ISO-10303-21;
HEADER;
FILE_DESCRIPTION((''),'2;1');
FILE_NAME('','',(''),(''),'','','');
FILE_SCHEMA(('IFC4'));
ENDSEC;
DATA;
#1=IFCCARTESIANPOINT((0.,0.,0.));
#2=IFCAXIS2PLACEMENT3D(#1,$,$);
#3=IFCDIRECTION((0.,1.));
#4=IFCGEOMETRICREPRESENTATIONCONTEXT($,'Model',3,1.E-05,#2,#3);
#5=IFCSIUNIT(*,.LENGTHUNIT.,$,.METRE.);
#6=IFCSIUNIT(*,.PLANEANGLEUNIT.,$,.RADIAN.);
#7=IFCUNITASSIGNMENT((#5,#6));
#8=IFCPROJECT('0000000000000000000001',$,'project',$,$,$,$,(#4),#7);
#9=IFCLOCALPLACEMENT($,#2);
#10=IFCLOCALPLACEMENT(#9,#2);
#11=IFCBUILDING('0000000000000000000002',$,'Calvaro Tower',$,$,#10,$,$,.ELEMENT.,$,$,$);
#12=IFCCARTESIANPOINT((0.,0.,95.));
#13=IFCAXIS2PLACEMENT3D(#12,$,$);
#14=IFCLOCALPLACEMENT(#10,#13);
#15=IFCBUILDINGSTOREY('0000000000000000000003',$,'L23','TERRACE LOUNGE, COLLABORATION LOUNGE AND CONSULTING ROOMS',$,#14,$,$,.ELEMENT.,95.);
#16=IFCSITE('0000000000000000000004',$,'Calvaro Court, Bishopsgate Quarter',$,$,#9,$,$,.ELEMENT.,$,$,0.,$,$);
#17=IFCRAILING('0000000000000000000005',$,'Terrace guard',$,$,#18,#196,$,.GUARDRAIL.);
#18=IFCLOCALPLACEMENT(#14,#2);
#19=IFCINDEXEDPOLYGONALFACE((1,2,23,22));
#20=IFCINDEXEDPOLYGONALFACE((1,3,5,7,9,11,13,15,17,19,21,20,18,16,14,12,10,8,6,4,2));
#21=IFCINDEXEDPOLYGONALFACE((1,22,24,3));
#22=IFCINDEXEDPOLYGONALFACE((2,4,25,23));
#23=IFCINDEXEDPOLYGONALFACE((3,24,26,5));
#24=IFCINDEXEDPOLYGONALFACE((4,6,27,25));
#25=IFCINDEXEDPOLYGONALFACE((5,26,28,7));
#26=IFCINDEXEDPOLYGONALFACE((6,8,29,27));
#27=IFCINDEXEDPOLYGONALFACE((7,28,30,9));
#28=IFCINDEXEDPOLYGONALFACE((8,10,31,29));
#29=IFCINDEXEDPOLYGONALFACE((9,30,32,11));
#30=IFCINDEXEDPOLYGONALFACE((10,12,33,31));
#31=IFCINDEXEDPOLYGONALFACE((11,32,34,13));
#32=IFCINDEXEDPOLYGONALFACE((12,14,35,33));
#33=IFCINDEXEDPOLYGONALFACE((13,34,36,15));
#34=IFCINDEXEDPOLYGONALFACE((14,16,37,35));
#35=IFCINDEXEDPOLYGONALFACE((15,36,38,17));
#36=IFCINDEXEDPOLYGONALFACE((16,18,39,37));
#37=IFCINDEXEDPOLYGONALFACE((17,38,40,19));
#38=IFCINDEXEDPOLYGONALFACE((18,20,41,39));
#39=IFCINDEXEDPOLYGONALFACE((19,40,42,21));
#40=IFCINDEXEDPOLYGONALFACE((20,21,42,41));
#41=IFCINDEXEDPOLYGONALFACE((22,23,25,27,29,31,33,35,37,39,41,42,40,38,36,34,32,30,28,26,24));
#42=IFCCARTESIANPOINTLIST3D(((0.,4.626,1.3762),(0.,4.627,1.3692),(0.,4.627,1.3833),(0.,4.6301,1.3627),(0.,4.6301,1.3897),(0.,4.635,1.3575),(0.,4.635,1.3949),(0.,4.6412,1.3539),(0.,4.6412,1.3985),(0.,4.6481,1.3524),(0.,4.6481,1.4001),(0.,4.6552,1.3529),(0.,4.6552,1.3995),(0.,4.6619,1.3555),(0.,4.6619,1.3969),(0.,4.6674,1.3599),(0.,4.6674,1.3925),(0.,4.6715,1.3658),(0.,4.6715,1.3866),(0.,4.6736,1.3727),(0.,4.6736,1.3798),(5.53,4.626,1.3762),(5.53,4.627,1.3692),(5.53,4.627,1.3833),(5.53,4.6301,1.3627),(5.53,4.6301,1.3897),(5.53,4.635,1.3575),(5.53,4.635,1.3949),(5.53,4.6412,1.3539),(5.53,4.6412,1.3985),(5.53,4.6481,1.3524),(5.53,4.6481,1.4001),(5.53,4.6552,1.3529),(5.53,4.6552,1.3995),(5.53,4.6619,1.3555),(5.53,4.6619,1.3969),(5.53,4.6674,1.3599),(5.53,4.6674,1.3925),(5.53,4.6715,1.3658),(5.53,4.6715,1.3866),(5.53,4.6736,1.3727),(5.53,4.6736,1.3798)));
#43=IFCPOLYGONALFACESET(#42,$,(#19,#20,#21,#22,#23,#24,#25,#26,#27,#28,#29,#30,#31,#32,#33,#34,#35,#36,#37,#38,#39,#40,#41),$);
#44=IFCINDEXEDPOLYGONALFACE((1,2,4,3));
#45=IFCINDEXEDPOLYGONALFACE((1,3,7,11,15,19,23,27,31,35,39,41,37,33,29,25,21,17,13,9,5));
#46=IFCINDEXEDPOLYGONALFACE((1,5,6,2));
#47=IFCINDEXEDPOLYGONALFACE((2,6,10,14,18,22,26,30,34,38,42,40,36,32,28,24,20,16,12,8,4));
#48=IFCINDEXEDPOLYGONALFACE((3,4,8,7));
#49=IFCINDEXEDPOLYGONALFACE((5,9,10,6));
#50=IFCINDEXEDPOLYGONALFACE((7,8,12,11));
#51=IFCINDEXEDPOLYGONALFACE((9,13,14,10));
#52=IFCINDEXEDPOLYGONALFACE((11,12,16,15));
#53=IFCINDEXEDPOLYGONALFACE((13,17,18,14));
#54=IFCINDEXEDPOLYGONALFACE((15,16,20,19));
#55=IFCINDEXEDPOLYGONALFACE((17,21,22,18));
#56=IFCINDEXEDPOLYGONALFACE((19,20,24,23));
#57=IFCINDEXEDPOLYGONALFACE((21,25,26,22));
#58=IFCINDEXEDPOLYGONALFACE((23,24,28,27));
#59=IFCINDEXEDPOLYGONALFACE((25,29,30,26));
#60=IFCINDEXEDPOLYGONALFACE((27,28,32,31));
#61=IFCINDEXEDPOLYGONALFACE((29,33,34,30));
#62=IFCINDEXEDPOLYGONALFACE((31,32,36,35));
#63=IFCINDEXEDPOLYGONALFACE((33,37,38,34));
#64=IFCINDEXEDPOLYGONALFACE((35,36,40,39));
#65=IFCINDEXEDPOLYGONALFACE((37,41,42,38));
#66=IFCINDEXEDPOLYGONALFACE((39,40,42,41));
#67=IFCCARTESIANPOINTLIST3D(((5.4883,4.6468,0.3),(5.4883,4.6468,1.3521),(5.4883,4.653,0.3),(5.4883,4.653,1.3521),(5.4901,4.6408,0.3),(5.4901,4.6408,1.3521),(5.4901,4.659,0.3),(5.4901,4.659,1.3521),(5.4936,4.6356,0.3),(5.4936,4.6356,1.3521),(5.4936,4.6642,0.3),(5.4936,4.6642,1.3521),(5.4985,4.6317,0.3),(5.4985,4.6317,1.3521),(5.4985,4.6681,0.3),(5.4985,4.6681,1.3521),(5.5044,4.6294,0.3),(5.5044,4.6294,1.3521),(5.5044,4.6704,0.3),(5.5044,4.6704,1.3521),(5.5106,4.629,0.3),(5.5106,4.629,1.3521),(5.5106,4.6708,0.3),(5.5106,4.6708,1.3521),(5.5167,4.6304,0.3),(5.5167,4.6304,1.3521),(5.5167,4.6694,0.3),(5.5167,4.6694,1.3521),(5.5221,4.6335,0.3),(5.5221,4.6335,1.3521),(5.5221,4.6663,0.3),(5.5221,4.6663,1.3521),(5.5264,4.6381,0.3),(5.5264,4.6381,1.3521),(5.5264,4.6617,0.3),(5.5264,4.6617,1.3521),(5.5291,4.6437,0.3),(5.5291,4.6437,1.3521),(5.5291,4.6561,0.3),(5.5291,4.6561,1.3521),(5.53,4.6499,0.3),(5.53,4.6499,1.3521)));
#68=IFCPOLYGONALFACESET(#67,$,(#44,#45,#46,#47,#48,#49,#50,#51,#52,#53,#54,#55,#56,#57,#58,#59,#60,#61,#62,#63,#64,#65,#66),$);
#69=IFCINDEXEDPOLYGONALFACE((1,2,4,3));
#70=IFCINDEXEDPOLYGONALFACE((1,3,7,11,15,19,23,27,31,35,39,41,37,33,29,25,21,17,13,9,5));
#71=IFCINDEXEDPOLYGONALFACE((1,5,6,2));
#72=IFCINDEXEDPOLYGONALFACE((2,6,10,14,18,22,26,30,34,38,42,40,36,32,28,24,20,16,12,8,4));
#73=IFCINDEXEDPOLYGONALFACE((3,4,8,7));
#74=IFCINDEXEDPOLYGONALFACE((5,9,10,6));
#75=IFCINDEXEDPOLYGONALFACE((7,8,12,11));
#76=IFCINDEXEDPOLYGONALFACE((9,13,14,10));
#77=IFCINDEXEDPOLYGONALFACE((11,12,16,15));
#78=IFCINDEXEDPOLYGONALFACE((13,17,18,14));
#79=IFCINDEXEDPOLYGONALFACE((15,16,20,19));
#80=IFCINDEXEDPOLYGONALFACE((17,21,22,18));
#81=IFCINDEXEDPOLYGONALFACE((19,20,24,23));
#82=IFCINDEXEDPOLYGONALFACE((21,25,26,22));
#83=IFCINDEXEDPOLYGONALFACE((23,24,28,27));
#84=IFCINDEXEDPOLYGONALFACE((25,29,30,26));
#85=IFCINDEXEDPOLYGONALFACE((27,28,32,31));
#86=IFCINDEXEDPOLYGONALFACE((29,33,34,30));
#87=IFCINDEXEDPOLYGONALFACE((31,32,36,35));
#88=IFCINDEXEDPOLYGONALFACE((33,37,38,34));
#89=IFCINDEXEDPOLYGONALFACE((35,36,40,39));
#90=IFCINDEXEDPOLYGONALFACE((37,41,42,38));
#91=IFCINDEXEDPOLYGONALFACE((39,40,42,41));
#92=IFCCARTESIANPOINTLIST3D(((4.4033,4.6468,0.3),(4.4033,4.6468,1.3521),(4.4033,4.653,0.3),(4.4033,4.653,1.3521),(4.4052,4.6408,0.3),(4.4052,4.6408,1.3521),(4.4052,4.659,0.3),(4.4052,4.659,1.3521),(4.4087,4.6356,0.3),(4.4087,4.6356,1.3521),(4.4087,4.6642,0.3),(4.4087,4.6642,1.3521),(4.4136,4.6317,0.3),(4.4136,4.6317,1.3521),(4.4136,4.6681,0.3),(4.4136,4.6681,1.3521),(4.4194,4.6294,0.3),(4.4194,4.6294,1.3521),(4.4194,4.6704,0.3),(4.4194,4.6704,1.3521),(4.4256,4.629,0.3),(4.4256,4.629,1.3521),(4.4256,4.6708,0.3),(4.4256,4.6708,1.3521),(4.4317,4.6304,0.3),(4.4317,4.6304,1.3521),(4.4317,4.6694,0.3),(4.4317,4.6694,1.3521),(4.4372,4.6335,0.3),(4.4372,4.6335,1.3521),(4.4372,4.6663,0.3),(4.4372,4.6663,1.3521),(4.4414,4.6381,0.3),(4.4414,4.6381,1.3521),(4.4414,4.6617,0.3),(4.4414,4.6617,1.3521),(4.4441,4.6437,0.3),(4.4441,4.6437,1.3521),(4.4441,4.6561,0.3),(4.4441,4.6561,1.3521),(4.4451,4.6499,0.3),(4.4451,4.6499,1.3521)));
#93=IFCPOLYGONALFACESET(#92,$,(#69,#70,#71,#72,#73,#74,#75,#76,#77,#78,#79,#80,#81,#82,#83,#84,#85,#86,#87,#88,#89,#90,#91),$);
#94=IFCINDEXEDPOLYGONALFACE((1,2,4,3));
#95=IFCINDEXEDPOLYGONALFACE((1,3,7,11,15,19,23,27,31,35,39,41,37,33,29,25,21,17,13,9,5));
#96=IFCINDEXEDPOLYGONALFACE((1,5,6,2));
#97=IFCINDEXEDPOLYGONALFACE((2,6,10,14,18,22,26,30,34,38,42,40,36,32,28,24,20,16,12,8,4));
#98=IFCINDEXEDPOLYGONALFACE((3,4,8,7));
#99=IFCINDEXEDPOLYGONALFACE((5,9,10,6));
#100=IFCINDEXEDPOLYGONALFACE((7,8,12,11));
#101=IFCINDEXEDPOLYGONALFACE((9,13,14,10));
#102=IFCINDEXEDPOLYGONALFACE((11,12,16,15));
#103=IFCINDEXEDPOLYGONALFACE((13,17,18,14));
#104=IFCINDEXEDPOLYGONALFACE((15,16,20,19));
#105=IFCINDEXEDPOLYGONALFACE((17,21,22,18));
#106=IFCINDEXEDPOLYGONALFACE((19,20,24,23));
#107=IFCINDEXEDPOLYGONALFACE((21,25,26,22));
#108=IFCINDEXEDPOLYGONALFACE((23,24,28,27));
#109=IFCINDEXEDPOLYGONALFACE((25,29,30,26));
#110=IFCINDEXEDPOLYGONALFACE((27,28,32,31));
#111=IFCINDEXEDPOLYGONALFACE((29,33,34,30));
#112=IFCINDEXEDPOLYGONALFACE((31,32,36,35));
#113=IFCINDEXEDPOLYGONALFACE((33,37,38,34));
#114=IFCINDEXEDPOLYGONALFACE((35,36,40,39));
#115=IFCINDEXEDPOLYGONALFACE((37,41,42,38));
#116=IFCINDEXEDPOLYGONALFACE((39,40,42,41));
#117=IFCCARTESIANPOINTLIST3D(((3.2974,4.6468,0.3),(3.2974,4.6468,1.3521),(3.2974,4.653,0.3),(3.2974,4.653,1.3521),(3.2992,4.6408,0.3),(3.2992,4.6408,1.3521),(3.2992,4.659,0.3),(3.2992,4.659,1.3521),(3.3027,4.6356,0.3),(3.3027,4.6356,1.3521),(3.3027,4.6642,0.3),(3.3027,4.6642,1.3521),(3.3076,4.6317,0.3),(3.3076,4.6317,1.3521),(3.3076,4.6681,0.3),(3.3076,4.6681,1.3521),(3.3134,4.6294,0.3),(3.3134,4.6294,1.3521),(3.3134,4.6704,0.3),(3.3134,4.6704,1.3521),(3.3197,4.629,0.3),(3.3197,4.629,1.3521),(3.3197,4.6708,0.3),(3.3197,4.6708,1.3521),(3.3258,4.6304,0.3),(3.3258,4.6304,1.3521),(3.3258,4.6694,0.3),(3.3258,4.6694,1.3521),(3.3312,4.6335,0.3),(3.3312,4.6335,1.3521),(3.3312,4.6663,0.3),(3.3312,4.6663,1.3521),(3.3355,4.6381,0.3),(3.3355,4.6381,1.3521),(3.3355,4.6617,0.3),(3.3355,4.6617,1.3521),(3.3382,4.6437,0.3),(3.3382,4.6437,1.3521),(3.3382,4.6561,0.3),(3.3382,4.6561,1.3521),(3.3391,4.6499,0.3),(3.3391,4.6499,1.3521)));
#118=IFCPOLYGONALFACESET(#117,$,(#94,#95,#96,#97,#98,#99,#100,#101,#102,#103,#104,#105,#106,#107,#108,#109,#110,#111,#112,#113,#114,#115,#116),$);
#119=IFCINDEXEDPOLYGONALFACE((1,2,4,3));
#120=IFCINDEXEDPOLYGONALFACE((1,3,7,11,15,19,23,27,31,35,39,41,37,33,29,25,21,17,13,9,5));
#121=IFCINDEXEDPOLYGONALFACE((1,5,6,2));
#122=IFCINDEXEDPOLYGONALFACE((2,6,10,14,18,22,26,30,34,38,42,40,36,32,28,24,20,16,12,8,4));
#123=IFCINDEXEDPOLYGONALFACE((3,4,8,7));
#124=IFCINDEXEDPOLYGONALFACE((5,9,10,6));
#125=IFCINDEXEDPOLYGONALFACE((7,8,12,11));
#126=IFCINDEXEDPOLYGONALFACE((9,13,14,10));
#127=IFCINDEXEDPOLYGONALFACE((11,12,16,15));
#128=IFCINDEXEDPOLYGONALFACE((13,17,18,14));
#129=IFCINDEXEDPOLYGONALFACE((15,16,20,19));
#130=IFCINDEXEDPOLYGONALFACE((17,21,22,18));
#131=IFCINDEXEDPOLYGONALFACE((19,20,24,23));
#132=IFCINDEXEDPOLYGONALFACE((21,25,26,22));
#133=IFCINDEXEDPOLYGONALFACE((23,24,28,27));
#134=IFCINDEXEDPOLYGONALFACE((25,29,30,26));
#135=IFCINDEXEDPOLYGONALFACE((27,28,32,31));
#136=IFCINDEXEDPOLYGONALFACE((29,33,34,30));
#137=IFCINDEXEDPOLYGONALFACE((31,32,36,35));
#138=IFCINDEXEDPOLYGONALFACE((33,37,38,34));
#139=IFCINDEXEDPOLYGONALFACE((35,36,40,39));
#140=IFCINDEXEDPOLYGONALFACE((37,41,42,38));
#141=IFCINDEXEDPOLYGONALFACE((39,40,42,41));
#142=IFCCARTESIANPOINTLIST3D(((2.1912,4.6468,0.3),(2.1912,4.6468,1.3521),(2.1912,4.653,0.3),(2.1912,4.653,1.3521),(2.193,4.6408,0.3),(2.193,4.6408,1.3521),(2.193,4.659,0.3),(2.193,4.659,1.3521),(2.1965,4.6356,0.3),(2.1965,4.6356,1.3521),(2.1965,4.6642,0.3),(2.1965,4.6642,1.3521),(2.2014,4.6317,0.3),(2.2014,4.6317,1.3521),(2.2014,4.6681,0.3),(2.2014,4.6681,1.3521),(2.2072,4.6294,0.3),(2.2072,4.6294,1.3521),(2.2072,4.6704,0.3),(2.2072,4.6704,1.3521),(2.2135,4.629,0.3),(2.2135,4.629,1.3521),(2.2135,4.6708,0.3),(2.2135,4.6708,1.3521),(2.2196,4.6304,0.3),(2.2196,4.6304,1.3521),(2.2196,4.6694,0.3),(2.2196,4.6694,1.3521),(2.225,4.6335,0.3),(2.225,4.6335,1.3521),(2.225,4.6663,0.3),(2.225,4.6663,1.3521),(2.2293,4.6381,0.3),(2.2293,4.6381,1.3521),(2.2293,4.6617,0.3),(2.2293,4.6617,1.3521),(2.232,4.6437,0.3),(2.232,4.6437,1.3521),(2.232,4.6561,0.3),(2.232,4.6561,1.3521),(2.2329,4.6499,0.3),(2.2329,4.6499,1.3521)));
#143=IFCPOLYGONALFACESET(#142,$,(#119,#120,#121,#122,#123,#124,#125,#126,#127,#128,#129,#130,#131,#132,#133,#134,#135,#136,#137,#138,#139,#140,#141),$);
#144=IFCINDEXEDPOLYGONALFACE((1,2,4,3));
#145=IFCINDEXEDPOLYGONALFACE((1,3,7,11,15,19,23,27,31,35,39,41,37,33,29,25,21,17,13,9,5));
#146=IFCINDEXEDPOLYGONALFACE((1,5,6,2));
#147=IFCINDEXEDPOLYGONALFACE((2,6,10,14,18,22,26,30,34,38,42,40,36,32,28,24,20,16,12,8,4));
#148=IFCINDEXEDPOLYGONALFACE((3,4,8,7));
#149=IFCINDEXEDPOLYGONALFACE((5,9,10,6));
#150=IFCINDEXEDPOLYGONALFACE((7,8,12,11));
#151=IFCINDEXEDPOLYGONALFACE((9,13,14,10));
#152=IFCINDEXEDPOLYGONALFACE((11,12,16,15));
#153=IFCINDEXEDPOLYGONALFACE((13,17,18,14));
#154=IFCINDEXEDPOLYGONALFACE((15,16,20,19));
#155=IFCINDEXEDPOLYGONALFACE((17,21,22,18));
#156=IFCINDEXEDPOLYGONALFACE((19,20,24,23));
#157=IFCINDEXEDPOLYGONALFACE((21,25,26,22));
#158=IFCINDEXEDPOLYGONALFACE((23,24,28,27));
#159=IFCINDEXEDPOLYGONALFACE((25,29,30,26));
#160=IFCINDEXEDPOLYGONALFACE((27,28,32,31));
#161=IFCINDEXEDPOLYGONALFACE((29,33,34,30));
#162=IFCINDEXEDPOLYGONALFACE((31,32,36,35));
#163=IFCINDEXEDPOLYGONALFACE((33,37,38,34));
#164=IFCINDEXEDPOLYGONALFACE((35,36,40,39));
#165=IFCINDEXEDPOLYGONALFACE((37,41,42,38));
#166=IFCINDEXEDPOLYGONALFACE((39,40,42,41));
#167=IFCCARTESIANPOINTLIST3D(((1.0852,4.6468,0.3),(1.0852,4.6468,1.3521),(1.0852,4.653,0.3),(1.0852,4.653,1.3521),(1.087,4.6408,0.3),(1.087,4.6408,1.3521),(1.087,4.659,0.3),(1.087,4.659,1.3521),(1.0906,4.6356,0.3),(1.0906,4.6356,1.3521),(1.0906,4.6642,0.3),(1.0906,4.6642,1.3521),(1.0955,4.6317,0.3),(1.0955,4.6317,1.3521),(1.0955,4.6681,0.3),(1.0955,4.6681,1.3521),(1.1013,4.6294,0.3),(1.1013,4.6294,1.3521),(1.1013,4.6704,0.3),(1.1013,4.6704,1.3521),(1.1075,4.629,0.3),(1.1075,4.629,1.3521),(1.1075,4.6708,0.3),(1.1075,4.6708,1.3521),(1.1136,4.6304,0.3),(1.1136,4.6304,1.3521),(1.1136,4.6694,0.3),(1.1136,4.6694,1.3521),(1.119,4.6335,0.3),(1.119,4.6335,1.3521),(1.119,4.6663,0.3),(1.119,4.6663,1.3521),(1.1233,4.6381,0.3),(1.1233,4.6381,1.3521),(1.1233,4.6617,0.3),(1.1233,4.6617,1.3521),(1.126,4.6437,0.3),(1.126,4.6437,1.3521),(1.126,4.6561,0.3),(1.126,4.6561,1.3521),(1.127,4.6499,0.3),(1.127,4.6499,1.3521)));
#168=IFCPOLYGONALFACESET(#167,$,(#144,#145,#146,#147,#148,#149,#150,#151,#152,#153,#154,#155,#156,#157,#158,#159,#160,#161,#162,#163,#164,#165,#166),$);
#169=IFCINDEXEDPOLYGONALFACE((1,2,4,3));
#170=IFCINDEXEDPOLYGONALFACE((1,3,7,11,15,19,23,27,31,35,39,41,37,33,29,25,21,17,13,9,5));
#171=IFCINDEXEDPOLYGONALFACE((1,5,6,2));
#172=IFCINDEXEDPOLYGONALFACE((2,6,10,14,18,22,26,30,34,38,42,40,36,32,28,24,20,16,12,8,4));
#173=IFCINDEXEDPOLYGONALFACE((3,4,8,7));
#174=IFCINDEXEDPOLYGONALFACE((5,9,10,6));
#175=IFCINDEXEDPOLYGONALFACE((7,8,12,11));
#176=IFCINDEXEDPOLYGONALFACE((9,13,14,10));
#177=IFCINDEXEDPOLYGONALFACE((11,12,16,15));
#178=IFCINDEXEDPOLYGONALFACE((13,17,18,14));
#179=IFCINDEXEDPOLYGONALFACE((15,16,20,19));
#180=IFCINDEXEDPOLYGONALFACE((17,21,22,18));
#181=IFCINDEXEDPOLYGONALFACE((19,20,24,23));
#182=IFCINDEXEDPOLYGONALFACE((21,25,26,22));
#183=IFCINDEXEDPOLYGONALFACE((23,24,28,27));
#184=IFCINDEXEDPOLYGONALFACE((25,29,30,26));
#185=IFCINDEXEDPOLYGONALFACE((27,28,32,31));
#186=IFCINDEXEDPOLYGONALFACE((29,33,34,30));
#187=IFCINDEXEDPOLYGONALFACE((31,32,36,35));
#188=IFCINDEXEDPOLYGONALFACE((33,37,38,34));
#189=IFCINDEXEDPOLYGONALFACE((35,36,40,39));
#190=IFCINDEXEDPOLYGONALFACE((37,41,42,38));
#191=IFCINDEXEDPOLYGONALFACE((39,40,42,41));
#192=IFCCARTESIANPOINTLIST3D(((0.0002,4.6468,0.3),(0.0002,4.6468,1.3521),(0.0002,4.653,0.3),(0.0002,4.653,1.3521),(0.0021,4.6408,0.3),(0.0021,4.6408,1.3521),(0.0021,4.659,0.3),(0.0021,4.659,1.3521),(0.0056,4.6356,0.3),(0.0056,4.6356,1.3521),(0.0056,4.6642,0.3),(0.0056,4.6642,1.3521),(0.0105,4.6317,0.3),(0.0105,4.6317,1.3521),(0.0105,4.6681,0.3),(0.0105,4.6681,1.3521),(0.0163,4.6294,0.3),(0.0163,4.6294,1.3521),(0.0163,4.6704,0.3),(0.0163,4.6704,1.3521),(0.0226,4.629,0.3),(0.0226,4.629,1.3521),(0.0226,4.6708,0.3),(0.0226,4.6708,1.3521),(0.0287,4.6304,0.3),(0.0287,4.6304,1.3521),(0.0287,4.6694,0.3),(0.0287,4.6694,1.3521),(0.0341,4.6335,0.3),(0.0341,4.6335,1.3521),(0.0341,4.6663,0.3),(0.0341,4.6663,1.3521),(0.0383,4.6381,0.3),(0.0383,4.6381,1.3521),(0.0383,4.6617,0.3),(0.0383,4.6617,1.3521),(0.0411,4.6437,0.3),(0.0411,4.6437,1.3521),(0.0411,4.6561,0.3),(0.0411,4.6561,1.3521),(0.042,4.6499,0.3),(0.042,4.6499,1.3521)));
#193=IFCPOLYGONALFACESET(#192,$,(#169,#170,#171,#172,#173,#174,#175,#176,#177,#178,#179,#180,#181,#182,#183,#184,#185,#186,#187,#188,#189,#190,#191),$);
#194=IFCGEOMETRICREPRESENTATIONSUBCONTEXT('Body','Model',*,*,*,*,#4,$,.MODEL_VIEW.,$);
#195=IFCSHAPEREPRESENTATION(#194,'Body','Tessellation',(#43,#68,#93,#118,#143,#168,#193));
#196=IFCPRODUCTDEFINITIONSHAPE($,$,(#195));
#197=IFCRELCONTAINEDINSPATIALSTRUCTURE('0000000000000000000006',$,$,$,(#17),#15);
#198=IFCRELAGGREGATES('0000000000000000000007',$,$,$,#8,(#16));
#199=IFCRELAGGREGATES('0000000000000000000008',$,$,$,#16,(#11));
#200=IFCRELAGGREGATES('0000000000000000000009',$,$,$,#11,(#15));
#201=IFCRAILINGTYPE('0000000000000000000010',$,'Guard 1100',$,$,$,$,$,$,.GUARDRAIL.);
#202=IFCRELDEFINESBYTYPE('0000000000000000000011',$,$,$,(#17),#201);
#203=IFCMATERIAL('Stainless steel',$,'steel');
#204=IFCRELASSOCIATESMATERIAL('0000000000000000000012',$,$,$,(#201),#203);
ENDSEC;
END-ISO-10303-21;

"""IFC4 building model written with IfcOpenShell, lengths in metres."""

from ifc_helpers import new_model, si_unit, direction, frame, origin, origin_2d, place, context, subcontext, project, spatial, circle, extrude, material, type_object, element, save


model = new_model("IFC4")

# Units and contexts
model_context = context("Model", 3, precision=1e-05, world=origin(), true_north=direction((0.0, 1.0)))
body_context = subcontext(model_context, "Body", "Model", "MODEL_VIEW")
ifc_project = project(units=[si_unit("LENGTHUNIT", "METRE"), si_unit("PLANEANGLEUNIT", "RADIAN")], contexts=[model_context])

# Site, building, storey
site_placement = place(None, origin())
site = spatial("IfcSite", under=ifc_project, at=site_placement, Name="Calvaro Court, Bishopsgate Quarter", CompositionType="ELEMENT", RefElevation=0.0)
building_placement = place(site_placement, origin())
building = spatial("IfcBuilding", under=site, at=building_placement, Name="Calvaro Tower", CompositionType="ELEMENT")
storey_placement = place(building_placement, frame((0.0, 0.0, 95.0)))
storey = spatial("IfcBuildingStorey", under=building, at=storey_placement, Name="L23", Description="TERRACE LOUNGE, COLLABORATION LOUNGE AND CONSULTING ROOMS", CompositionType="ELEMENT", Elevation=95.0)

# Railing
ifc_material_1 = material(Name="Stainless steel", Category="steel")
railing_type = type_object("IfcRailingType", Name="Guard 1100", PredefinedType="GUARDRAIL", material=ifc_material_1)
railing_1_placement = place(storey_placement, frame((5.53, 4.6499, 0.3)))
element("IfcRailing", 1, at=railing_1_placement, inside=storey, type_object=railing_type, Name="Terrace guard", PredefinedType="GUARDRAIL", context=body_context, shape_type="SweptSolid", body=[
    extrude(circle(Radius=0.0239, at=origin_2d()), frame((0.0, 0.0, 1.0762), z_axis=(-1.0, 0.0, 0.0), x_axis=(0.0, -1.0, 0.0)), (0.0, 0.0, 1.0), 5.53),
    extrude(circle(Radius=0.021, at=origin_2d()), frame((-0.021, 0.0, 0.0)), (0.0, 0.0, 1.0), 1.052),
    extrude(circle(Radius=0.021, at=origin_2d()), frame((-1.106, 0.0, 0.0)), (0.0, 0.0, 1.0), 1.052),
    extrude(circle(Radius=0.021, at=origin_2d()), frame((-2.2119, 0.0, 0.0)), (0.0, 0.0, 1.0), 1.052),
    extrude(circle(Radius=0.021, at=origin_2d()), frame((-3.3181, 0.0, 0.0)), (0.0, 0.0, 1.0), 1.052),
    extrude(circle(Radius=0.021, at=origin_2d()), frame((-4.4241, 0.0, 0.0)), (0.0, 0.0, 1.0), 1.052),
    extrude(circle(Radius=0.021, at=origin_2d()), frame((-5.509, 0.0, 0.0)), (0.0, 0.0, 1.0), 1.052),
])

save(model, "model.ifc")
